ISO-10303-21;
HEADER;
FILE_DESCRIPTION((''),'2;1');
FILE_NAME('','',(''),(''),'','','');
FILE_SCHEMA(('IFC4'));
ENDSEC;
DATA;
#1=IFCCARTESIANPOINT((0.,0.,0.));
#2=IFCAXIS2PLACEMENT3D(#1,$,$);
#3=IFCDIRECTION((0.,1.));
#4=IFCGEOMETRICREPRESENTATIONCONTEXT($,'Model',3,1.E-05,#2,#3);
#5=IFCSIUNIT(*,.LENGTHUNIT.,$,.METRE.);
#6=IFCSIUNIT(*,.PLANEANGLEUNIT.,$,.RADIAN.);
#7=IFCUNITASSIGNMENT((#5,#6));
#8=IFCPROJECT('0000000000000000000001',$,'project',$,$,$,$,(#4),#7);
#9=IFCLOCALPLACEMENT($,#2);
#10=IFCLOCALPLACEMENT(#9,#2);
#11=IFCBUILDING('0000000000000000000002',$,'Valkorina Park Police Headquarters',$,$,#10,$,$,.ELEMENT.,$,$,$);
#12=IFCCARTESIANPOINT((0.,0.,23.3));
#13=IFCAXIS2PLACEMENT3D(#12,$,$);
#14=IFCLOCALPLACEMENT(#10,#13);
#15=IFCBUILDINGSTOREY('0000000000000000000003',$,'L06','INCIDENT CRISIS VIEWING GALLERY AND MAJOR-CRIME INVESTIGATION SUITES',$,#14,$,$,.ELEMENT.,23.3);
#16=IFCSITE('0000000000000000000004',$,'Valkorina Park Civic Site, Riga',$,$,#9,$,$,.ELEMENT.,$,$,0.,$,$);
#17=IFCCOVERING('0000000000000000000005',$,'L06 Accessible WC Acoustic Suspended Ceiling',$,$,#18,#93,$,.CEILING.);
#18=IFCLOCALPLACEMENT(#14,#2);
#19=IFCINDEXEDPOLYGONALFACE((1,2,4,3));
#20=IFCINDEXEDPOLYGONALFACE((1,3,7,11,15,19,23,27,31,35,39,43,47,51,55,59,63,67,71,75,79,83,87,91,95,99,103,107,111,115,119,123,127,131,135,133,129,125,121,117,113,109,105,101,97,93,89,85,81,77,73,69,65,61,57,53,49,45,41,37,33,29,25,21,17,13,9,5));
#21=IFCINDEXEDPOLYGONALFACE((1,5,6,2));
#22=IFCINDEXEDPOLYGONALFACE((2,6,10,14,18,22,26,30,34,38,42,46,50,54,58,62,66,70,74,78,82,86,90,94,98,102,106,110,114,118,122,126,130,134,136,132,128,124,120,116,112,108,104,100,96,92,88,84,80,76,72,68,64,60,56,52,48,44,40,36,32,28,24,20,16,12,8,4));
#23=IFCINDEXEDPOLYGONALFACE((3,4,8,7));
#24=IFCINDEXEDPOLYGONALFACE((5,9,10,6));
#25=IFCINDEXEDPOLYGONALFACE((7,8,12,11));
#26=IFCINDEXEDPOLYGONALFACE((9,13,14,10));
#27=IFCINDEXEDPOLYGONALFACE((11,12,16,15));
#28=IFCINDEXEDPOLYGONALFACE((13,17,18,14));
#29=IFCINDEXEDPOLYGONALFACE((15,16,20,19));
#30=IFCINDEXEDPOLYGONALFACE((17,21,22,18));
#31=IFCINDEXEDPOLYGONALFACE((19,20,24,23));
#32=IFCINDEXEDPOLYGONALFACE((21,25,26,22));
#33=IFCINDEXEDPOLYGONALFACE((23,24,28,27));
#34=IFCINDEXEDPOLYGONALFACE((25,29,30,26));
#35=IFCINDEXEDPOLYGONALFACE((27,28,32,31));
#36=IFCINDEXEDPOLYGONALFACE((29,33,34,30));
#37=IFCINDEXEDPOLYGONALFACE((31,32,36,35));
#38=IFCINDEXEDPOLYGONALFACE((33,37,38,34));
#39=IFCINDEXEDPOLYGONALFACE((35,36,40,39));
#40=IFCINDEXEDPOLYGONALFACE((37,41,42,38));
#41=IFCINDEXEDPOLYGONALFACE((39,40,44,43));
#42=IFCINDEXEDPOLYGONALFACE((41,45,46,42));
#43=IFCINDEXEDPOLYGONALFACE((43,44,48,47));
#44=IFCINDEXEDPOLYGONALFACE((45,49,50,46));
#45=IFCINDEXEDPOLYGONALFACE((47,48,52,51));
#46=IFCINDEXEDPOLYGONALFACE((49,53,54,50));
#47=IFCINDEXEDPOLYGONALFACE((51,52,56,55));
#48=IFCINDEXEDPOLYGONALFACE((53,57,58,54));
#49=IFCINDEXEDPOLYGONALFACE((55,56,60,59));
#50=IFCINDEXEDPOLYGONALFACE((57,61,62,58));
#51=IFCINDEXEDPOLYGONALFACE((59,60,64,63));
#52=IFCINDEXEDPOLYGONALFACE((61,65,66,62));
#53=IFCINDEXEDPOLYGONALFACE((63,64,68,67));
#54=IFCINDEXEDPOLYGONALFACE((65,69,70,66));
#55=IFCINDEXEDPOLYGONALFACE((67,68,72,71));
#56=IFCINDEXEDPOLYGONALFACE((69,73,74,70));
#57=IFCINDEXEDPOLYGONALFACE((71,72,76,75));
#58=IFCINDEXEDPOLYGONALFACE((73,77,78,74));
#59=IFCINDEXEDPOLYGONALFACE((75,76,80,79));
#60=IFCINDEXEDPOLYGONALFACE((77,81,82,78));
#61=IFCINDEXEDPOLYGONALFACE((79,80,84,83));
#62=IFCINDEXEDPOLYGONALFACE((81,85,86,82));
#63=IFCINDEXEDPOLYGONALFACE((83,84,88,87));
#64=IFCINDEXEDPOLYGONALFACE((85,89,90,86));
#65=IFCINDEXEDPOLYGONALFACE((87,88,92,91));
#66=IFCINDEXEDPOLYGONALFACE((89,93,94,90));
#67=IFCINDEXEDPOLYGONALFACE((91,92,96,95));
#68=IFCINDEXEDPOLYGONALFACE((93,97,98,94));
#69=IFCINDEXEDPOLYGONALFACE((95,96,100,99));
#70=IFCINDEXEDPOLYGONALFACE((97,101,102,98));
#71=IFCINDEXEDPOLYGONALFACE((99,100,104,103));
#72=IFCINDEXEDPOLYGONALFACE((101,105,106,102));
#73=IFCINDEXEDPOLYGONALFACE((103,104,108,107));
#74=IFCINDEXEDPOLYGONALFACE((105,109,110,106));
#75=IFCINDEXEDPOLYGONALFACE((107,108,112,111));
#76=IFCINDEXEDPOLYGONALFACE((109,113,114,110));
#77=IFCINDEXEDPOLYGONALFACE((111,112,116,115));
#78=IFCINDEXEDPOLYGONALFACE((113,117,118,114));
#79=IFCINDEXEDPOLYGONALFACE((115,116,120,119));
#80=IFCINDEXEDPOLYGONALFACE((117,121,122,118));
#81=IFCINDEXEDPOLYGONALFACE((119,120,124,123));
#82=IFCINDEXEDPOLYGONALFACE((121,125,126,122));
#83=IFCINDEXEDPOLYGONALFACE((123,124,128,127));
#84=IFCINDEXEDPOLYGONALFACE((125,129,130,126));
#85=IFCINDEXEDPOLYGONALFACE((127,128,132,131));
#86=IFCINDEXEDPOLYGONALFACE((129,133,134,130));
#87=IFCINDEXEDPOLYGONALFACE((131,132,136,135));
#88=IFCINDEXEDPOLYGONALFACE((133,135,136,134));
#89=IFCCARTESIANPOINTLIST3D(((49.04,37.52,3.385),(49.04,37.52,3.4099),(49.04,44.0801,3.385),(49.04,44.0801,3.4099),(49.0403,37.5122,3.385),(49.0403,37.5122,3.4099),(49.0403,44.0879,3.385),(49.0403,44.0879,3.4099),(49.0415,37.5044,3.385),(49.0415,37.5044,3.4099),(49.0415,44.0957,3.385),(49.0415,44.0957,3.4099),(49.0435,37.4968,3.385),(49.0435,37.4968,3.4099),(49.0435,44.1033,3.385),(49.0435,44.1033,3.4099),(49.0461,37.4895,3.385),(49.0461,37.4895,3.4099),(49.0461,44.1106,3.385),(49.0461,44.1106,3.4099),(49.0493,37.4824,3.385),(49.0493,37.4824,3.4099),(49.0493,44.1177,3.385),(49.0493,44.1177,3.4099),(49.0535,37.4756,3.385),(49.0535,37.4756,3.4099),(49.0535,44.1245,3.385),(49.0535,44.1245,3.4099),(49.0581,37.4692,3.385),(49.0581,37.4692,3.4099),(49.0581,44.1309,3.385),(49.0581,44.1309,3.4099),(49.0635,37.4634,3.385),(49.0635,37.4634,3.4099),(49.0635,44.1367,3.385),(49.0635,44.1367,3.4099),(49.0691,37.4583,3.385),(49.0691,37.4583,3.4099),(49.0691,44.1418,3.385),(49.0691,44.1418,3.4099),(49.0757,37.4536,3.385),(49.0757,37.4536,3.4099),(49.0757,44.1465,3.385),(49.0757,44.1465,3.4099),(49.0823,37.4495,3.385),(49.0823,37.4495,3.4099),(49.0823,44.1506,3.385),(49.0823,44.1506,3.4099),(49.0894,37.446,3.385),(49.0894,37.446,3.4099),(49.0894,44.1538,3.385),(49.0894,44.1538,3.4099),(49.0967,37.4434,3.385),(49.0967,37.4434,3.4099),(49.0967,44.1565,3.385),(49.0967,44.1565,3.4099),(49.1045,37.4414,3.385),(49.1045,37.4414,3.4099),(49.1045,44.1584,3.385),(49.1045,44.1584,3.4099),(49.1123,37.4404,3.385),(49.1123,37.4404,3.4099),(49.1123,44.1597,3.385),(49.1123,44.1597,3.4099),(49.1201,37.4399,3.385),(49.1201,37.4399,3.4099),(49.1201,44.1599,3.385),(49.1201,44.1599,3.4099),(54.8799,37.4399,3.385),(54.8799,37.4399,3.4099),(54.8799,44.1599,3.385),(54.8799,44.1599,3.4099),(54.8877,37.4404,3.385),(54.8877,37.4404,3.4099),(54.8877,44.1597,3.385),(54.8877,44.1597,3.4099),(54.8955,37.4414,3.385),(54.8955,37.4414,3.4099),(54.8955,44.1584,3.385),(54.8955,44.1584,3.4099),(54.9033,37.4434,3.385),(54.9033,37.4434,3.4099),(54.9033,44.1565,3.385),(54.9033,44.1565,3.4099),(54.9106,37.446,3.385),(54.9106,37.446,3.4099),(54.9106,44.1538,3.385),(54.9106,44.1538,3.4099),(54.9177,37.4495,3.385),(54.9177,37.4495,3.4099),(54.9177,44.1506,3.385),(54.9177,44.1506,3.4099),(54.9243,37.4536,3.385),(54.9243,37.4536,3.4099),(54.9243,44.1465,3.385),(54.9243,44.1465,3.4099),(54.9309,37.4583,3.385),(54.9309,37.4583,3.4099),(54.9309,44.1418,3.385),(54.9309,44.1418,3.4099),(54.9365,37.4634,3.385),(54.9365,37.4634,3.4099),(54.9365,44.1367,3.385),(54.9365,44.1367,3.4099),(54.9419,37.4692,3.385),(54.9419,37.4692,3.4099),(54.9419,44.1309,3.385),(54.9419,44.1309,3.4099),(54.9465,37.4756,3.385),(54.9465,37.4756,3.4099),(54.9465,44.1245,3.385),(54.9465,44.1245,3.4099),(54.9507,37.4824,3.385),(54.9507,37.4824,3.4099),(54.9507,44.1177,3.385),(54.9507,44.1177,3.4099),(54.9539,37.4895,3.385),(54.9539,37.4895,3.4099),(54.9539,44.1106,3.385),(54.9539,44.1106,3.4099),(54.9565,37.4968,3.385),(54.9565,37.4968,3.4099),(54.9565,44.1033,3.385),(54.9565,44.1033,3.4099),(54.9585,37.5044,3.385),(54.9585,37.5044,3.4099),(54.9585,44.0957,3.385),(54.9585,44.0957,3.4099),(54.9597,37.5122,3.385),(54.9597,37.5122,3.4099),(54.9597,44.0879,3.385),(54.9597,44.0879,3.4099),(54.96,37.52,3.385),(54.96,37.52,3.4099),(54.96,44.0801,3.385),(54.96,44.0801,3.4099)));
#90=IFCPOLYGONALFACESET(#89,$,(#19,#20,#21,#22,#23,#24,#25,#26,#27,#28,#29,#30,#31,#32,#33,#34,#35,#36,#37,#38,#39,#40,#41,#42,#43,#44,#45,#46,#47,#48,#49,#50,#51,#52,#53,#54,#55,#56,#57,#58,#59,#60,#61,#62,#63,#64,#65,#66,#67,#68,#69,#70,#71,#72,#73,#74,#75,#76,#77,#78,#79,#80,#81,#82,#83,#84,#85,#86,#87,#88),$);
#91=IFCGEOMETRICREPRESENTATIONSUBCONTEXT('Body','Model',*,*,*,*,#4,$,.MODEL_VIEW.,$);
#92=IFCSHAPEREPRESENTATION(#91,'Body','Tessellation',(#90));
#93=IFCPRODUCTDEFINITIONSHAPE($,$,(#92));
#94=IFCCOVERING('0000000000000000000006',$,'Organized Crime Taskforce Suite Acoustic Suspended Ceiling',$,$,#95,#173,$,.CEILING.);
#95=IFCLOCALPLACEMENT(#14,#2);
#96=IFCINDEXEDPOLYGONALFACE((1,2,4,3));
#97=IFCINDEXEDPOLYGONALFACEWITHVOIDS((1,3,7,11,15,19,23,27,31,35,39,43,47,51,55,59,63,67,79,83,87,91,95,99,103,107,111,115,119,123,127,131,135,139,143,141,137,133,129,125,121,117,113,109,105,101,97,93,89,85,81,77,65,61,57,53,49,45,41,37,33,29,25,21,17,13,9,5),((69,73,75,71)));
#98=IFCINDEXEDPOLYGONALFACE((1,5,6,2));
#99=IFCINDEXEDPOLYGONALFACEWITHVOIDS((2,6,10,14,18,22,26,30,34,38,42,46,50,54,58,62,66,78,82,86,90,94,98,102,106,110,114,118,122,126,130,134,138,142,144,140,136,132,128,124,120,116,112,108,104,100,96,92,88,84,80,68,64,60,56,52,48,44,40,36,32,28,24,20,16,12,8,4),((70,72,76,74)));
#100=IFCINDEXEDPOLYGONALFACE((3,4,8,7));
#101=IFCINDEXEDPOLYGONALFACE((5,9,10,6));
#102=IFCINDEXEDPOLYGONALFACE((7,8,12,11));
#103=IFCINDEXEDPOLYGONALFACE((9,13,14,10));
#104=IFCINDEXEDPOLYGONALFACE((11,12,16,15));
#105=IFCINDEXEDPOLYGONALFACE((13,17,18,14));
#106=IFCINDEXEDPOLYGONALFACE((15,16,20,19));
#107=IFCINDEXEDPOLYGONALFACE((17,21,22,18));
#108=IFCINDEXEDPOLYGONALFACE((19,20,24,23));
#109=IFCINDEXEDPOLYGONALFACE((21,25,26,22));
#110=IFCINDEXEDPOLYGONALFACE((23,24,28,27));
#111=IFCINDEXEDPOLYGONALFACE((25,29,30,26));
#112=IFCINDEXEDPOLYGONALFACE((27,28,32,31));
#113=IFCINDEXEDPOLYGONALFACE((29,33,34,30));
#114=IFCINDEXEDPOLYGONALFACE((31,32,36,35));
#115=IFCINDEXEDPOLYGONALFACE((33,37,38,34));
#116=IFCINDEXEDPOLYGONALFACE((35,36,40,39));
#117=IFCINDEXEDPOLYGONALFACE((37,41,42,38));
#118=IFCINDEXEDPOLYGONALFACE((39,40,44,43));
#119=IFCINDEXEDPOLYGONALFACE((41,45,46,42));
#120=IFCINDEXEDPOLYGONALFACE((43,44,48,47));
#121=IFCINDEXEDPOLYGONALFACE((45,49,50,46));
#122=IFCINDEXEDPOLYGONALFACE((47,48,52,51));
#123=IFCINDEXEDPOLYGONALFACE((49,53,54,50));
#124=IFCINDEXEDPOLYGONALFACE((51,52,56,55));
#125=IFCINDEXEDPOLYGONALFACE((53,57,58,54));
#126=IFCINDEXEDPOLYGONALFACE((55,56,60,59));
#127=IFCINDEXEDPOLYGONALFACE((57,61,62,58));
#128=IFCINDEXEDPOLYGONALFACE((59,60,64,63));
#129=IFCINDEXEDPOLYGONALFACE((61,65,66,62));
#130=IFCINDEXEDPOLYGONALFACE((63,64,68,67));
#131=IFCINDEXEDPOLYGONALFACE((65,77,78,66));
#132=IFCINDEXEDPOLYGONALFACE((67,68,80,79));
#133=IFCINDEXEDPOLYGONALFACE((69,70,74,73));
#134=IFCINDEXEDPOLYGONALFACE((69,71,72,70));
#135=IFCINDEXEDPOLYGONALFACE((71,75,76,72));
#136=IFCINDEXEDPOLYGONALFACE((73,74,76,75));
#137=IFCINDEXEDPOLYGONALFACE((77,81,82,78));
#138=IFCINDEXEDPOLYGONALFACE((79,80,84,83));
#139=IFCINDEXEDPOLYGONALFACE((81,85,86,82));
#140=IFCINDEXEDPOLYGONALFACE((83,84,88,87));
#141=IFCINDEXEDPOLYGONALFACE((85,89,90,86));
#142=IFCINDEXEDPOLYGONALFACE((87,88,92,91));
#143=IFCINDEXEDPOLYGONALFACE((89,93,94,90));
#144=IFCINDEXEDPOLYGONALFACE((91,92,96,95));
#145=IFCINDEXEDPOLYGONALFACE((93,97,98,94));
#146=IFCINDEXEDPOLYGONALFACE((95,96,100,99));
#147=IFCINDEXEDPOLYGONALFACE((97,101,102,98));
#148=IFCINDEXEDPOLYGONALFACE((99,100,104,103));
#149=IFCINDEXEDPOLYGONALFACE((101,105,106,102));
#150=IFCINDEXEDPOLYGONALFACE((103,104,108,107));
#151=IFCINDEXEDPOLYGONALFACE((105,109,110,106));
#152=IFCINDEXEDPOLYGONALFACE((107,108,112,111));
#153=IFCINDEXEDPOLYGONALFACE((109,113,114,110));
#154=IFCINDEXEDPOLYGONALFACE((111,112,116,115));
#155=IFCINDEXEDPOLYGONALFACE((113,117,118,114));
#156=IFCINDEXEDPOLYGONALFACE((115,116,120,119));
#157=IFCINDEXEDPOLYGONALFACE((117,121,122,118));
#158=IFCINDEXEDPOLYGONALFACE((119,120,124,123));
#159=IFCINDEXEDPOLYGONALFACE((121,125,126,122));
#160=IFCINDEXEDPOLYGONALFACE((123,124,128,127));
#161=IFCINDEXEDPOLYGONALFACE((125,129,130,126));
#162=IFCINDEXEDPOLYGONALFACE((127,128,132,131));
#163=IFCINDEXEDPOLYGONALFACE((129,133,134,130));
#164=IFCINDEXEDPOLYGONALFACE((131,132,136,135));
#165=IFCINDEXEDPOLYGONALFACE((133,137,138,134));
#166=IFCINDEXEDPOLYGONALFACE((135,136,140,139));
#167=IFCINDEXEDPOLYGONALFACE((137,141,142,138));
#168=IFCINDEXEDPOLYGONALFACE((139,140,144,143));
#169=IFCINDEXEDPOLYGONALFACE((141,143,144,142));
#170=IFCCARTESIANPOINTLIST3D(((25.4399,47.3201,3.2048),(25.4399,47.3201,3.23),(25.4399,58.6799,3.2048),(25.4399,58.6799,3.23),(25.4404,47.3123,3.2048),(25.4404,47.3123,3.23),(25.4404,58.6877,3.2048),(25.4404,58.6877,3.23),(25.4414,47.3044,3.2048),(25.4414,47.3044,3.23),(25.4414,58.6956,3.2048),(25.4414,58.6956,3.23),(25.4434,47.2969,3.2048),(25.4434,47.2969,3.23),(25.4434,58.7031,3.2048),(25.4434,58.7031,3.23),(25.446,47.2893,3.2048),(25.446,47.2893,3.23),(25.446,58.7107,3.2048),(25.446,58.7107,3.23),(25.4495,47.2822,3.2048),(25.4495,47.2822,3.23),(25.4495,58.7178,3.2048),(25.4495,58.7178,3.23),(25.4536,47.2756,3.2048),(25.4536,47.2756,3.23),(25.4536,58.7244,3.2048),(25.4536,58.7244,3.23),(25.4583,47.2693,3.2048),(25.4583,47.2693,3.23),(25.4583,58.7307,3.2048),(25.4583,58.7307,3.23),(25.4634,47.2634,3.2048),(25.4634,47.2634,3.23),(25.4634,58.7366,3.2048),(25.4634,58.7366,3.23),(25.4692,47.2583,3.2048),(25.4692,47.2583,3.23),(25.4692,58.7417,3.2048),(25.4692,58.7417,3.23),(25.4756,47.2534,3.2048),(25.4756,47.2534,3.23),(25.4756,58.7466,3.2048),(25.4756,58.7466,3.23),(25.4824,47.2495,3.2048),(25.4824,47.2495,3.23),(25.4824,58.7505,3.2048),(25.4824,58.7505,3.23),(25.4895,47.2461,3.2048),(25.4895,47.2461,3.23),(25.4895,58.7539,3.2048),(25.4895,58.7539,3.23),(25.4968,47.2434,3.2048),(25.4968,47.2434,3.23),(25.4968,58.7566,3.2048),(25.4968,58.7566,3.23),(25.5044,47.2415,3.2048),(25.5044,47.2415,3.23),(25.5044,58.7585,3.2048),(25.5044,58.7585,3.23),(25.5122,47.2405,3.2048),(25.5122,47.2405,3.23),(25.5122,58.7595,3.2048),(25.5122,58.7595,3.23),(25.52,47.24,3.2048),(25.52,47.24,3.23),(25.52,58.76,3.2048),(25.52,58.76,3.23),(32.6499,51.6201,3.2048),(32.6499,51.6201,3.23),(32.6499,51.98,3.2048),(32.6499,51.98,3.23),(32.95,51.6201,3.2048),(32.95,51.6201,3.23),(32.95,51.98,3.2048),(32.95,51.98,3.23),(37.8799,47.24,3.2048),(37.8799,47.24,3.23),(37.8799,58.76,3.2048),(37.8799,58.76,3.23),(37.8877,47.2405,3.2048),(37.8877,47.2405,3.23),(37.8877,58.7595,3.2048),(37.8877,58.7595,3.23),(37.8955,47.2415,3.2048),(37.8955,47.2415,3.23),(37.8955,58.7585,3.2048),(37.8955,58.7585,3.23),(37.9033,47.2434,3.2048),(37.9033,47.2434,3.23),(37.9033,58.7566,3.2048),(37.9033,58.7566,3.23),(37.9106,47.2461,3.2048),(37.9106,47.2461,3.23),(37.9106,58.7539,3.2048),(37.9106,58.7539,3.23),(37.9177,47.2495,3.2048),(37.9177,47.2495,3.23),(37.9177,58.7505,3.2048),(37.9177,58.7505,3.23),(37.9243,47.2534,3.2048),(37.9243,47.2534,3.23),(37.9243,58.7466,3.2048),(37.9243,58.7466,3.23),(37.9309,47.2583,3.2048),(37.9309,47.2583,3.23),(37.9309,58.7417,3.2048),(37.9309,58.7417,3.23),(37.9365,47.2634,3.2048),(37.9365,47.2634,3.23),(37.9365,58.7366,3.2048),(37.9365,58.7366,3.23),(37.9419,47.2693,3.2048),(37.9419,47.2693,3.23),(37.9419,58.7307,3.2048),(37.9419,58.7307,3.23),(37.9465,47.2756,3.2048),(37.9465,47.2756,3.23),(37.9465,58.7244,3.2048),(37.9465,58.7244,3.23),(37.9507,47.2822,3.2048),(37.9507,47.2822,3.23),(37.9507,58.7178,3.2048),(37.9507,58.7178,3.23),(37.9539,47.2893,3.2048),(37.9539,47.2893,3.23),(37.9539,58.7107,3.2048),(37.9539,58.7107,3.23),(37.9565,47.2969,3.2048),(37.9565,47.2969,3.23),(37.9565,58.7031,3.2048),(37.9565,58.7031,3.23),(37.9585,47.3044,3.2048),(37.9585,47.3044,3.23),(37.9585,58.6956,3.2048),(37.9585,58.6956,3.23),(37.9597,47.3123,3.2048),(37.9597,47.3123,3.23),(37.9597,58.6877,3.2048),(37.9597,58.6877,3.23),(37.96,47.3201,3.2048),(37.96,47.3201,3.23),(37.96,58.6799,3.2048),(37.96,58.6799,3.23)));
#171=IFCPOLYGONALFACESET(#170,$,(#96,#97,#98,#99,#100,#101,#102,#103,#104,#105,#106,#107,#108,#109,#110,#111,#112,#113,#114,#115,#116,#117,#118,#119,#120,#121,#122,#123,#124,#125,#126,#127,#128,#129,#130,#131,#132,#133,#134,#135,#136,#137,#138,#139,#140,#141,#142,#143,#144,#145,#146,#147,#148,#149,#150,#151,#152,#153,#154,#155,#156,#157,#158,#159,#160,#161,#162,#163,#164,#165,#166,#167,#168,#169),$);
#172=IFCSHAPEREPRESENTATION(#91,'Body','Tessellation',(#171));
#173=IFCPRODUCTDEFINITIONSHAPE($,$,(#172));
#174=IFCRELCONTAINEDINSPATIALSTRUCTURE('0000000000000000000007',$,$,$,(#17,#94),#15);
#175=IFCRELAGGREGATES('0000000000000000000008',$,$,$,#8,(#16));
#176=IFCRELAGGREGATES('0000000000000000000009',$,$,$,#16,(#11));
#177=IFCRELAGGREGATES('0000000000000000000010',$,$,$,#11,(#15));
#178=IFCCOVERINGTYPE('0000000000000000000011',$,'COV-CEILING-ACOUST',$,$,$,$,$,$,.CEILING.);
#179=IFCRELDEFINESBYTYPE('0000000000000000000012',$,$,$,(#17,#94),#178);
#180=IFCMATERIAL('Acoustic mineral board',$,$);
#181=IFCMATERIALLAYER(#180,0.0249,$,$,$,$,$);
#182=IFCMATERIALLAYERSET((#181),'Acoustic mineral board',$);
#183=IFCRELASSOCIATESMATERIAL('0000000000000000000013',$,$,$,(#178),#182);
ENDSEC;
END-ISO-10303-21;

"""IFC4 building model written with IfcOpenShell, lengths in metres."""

from ifc_helpers import new_model, si_unit, direction, frame, origin, place, context, subcontext, project, spatial, polyline, outline, extrude, material, layer, layer_set, type_object, element, save


model = new_model("IFC4")

# Units and contexts
model_context = context("Model", 3, precision=1e-05, world=origin(), true_north=direction((0.0, 1.0)))
body_context = subcontext(model_context, "Body", "Model", "MODEL_VIEW")
ifc_project = project(units=[si_unit("LENGTHUNIT", "METRE"), si_unit("PLANEANGLEUNIT", "RADIAN")], contexts=[model_context])

# Site, building, storey
site_placement = place(None, origin())
site = spatial("IfcSite", under=ifc_project, at=site_placement, Name="Valkorina Park Civic Site, Riga", CompositionType="ELEMENT", RefElevation=0.0)
building_placement = place(site_placement, origin())
building = spatial("IfcBuilding", under=site, at=building_placement, Name="Valkorina Park Police Headquarters", CompositionType="ELEMENT")
storey_placement = place(building_placement, frame((0.0, 0.0, 23.3)))
storey = spatial("IfcBuildingStorey", under=building, at=storey_placement, Name="L06", Description="INCIDENT CRISIS VIEWING GALLERY AND MAJOR-CRIME INVESTIGATION SUITES", CompositionType="ELEMENT", Elevation=23.3)

# Coverings
ifc_material_1 = material(Name="Acoustic mineral board")
ifc_layer_1 = layer(ifc_material_1, 0.0249)
ifc_layer_set_1 = layer_set([ifc_layer_1], Name="Acoustic mineral board")
covering_type_1 = type_object("IfcCoveringType", Name="COV-CEILING-ACOUST", PredefinedType="CEILING", material=ifc_layer_set_1)
covering_1_placement = place(storey_placement, frame((0.0, 0.0, 3.385)))
element("IfcCovering", 1, at=covering_1_placement, inside=storey, type_object=covering_type_1, Name="L06 Accessible WC Acoustic Suspended Ceiling", PredefinedType="CEILING", context=body_context, shape_type="SweptSolid", body=[
    extrude(outline(polyline([(54.8955, 44.1584), (54.8877, 44.1597), (54.8799, 44.1599), (49.1201, 44.1599), (49.1123, 44.1597), (49.1045, 44.1584), (49.0967, 44.1565), (49.0894, 44.1538), (49.0823, 44.1506), (49.0757, 44.1465), (49.0691, 44.1418), (49.0635, 44.1367), (49.0581, 44.1309), (49.0535, 44.1245), (49.0493, 44.1177), (49.0461, 44.1106), (49.0435, 44.1033), (49.0415, 44.0957), (49.0403, 44.0879), (49.04, 44.0801), (49.04, 37.52), (49.0403, 37.5122), (49.0415, 37.5044), (49.0435, 37.4968), (49.0461, 37.4895), (49.0493, 37.4824), (49.0535, 37.4756), (49.0581, 37.4692), (49.0635, 37.4634), (49.0691, 37.4583), (49.0757, 37.4536), (49.0823, 37.4495), (49.0894, 37.446), (49.0967, 37.4434), (49.1045, 37.4414), (49.1123, 37.4404), (49.1201, 37.4399), (54.8799, 37.4399), (54.8877, 37.4404), (54.8955, 37.4414), (54.9033, 37.4434), (54.9106, 37.446), (54.9177, 37.4495), (54.9243, 37.4536), (54.9309, 37.4583), (54.9365, 37.4634), (54.9419, 37.4692), (54.9465, 37.4756), (54.9507, 37.4824), (54.9539, 37.4895), (54.9565, 37.4968), (54.9585, 37.5044), (54.9597, 37.5122), (54.96, 37.52), (54.96, 44.0801), (54.9597, 44.0879), (54.9585, 44.0957), (54.9565, 44.1033), (54.9539, 44.1106), (54.9507, 44.1177), (54.9465, 44.1245), (54.9419, 44.1309), (54.9365, 44.1367), (54.9309, 44.1418), (54.9243, 44.1465), (54.9177, 44.1506), (54.9106, 44.1538), (54.9033, 44.1565), (54.8955, 44.1584)])), origin(), (0.0, 0.0, 1.0), 0.0249),
])
covering_2_placement = place(storey_placement, frame((0.0, 0.0, 3.2048)))
element("IfcCovering", 2, at=covering_2_placement, inside=storey, type_object=covering_type_1, Name="Organized Crime Taskforce Suite Acoustic Suspended Ceiling", PredefinedType="CEILING", context=body_context, shape_type="SweptSolid", body=[
    extrude(outline(polyline([(37.8955, 58.7585), (37.8877, 58.7595), (37.8799, 58.76), (25.52, 58.76), (25.5122, 58.7595), (25.5044, 58.7585), (25.4968, 58.7566), (25.4895, 58.7539), (25.4824, 58.7505), (25.4756, 58.7466), (25.4692, 58.7417), (25.4634, 58.7366), (25.4583, 58.7307), (25.4536, 58.7244), (25.4495, 58.7178), (25.446, 58.7107), (25.4434, 58.7031), (25.4414, 58.6956), (25.4404, 58.6877), (25.4399, 58.6799), (25.4399, 47.3201), (25.4404, 47.3123), (25.4414, 47.3044), (25.4434, 47.2969), (25.446, 47.2893), (25.4495, 47.2822), (25.4536, 47.2756), (25.4583, 47.2693), (25.4634, 47.2634), (25.4692, 47.2583), (25.4756, 47.2534), (25.4824, 47.2495), (25.4895, 47.2461), (25.4968, 47.2434), (25.5044, 47.2415), (25.5122, 47.2405), (25.52, 47.24), (37.8799, 47.24), (37.8877, 47.2405), (37.8955, 47.2415), (37.9033, 47.2434), (37.9106, 47.2461), (37.9177, 47.2495), (37.9243, 47.2534), (37.9309, 47.2583), (37.9365, 47.2634), (37.9419, 47.2693), (37.9465, 47.2756), (37.9507, 47.2822), (37.9539, 47.2893), (37.9565, 47.2969), (37.9585, 47.3044), (37.9597, 47.3123), (37.96, 47.3201), (37.96, 58.6799), (37.9597, 58.6877), (37.9585, 58.6956), (37.9565, 58.7031), (37.9539, 58.7107), (37.9507, 58.7178), (37.9465, 58.7244), (37.9419, 58.7307), (37.9365, 58.7366), (37.9309, 58.7417), (37.9243, 58.7466), (37.9177, 58.7505), (37.9106, 58.7539), (37.9033, 58.7566), (37.8955, 58.7585)]), holes=[polyline([(32.6499, 51.98), (32.95, 51.98), (32.95, 51.6201), (32.6499, 51.6201), (32.6499, 51.98)])]), origin(), (0.0, 0.0, 1.0), 0.0251),
])

save(model, "model.ifc")
